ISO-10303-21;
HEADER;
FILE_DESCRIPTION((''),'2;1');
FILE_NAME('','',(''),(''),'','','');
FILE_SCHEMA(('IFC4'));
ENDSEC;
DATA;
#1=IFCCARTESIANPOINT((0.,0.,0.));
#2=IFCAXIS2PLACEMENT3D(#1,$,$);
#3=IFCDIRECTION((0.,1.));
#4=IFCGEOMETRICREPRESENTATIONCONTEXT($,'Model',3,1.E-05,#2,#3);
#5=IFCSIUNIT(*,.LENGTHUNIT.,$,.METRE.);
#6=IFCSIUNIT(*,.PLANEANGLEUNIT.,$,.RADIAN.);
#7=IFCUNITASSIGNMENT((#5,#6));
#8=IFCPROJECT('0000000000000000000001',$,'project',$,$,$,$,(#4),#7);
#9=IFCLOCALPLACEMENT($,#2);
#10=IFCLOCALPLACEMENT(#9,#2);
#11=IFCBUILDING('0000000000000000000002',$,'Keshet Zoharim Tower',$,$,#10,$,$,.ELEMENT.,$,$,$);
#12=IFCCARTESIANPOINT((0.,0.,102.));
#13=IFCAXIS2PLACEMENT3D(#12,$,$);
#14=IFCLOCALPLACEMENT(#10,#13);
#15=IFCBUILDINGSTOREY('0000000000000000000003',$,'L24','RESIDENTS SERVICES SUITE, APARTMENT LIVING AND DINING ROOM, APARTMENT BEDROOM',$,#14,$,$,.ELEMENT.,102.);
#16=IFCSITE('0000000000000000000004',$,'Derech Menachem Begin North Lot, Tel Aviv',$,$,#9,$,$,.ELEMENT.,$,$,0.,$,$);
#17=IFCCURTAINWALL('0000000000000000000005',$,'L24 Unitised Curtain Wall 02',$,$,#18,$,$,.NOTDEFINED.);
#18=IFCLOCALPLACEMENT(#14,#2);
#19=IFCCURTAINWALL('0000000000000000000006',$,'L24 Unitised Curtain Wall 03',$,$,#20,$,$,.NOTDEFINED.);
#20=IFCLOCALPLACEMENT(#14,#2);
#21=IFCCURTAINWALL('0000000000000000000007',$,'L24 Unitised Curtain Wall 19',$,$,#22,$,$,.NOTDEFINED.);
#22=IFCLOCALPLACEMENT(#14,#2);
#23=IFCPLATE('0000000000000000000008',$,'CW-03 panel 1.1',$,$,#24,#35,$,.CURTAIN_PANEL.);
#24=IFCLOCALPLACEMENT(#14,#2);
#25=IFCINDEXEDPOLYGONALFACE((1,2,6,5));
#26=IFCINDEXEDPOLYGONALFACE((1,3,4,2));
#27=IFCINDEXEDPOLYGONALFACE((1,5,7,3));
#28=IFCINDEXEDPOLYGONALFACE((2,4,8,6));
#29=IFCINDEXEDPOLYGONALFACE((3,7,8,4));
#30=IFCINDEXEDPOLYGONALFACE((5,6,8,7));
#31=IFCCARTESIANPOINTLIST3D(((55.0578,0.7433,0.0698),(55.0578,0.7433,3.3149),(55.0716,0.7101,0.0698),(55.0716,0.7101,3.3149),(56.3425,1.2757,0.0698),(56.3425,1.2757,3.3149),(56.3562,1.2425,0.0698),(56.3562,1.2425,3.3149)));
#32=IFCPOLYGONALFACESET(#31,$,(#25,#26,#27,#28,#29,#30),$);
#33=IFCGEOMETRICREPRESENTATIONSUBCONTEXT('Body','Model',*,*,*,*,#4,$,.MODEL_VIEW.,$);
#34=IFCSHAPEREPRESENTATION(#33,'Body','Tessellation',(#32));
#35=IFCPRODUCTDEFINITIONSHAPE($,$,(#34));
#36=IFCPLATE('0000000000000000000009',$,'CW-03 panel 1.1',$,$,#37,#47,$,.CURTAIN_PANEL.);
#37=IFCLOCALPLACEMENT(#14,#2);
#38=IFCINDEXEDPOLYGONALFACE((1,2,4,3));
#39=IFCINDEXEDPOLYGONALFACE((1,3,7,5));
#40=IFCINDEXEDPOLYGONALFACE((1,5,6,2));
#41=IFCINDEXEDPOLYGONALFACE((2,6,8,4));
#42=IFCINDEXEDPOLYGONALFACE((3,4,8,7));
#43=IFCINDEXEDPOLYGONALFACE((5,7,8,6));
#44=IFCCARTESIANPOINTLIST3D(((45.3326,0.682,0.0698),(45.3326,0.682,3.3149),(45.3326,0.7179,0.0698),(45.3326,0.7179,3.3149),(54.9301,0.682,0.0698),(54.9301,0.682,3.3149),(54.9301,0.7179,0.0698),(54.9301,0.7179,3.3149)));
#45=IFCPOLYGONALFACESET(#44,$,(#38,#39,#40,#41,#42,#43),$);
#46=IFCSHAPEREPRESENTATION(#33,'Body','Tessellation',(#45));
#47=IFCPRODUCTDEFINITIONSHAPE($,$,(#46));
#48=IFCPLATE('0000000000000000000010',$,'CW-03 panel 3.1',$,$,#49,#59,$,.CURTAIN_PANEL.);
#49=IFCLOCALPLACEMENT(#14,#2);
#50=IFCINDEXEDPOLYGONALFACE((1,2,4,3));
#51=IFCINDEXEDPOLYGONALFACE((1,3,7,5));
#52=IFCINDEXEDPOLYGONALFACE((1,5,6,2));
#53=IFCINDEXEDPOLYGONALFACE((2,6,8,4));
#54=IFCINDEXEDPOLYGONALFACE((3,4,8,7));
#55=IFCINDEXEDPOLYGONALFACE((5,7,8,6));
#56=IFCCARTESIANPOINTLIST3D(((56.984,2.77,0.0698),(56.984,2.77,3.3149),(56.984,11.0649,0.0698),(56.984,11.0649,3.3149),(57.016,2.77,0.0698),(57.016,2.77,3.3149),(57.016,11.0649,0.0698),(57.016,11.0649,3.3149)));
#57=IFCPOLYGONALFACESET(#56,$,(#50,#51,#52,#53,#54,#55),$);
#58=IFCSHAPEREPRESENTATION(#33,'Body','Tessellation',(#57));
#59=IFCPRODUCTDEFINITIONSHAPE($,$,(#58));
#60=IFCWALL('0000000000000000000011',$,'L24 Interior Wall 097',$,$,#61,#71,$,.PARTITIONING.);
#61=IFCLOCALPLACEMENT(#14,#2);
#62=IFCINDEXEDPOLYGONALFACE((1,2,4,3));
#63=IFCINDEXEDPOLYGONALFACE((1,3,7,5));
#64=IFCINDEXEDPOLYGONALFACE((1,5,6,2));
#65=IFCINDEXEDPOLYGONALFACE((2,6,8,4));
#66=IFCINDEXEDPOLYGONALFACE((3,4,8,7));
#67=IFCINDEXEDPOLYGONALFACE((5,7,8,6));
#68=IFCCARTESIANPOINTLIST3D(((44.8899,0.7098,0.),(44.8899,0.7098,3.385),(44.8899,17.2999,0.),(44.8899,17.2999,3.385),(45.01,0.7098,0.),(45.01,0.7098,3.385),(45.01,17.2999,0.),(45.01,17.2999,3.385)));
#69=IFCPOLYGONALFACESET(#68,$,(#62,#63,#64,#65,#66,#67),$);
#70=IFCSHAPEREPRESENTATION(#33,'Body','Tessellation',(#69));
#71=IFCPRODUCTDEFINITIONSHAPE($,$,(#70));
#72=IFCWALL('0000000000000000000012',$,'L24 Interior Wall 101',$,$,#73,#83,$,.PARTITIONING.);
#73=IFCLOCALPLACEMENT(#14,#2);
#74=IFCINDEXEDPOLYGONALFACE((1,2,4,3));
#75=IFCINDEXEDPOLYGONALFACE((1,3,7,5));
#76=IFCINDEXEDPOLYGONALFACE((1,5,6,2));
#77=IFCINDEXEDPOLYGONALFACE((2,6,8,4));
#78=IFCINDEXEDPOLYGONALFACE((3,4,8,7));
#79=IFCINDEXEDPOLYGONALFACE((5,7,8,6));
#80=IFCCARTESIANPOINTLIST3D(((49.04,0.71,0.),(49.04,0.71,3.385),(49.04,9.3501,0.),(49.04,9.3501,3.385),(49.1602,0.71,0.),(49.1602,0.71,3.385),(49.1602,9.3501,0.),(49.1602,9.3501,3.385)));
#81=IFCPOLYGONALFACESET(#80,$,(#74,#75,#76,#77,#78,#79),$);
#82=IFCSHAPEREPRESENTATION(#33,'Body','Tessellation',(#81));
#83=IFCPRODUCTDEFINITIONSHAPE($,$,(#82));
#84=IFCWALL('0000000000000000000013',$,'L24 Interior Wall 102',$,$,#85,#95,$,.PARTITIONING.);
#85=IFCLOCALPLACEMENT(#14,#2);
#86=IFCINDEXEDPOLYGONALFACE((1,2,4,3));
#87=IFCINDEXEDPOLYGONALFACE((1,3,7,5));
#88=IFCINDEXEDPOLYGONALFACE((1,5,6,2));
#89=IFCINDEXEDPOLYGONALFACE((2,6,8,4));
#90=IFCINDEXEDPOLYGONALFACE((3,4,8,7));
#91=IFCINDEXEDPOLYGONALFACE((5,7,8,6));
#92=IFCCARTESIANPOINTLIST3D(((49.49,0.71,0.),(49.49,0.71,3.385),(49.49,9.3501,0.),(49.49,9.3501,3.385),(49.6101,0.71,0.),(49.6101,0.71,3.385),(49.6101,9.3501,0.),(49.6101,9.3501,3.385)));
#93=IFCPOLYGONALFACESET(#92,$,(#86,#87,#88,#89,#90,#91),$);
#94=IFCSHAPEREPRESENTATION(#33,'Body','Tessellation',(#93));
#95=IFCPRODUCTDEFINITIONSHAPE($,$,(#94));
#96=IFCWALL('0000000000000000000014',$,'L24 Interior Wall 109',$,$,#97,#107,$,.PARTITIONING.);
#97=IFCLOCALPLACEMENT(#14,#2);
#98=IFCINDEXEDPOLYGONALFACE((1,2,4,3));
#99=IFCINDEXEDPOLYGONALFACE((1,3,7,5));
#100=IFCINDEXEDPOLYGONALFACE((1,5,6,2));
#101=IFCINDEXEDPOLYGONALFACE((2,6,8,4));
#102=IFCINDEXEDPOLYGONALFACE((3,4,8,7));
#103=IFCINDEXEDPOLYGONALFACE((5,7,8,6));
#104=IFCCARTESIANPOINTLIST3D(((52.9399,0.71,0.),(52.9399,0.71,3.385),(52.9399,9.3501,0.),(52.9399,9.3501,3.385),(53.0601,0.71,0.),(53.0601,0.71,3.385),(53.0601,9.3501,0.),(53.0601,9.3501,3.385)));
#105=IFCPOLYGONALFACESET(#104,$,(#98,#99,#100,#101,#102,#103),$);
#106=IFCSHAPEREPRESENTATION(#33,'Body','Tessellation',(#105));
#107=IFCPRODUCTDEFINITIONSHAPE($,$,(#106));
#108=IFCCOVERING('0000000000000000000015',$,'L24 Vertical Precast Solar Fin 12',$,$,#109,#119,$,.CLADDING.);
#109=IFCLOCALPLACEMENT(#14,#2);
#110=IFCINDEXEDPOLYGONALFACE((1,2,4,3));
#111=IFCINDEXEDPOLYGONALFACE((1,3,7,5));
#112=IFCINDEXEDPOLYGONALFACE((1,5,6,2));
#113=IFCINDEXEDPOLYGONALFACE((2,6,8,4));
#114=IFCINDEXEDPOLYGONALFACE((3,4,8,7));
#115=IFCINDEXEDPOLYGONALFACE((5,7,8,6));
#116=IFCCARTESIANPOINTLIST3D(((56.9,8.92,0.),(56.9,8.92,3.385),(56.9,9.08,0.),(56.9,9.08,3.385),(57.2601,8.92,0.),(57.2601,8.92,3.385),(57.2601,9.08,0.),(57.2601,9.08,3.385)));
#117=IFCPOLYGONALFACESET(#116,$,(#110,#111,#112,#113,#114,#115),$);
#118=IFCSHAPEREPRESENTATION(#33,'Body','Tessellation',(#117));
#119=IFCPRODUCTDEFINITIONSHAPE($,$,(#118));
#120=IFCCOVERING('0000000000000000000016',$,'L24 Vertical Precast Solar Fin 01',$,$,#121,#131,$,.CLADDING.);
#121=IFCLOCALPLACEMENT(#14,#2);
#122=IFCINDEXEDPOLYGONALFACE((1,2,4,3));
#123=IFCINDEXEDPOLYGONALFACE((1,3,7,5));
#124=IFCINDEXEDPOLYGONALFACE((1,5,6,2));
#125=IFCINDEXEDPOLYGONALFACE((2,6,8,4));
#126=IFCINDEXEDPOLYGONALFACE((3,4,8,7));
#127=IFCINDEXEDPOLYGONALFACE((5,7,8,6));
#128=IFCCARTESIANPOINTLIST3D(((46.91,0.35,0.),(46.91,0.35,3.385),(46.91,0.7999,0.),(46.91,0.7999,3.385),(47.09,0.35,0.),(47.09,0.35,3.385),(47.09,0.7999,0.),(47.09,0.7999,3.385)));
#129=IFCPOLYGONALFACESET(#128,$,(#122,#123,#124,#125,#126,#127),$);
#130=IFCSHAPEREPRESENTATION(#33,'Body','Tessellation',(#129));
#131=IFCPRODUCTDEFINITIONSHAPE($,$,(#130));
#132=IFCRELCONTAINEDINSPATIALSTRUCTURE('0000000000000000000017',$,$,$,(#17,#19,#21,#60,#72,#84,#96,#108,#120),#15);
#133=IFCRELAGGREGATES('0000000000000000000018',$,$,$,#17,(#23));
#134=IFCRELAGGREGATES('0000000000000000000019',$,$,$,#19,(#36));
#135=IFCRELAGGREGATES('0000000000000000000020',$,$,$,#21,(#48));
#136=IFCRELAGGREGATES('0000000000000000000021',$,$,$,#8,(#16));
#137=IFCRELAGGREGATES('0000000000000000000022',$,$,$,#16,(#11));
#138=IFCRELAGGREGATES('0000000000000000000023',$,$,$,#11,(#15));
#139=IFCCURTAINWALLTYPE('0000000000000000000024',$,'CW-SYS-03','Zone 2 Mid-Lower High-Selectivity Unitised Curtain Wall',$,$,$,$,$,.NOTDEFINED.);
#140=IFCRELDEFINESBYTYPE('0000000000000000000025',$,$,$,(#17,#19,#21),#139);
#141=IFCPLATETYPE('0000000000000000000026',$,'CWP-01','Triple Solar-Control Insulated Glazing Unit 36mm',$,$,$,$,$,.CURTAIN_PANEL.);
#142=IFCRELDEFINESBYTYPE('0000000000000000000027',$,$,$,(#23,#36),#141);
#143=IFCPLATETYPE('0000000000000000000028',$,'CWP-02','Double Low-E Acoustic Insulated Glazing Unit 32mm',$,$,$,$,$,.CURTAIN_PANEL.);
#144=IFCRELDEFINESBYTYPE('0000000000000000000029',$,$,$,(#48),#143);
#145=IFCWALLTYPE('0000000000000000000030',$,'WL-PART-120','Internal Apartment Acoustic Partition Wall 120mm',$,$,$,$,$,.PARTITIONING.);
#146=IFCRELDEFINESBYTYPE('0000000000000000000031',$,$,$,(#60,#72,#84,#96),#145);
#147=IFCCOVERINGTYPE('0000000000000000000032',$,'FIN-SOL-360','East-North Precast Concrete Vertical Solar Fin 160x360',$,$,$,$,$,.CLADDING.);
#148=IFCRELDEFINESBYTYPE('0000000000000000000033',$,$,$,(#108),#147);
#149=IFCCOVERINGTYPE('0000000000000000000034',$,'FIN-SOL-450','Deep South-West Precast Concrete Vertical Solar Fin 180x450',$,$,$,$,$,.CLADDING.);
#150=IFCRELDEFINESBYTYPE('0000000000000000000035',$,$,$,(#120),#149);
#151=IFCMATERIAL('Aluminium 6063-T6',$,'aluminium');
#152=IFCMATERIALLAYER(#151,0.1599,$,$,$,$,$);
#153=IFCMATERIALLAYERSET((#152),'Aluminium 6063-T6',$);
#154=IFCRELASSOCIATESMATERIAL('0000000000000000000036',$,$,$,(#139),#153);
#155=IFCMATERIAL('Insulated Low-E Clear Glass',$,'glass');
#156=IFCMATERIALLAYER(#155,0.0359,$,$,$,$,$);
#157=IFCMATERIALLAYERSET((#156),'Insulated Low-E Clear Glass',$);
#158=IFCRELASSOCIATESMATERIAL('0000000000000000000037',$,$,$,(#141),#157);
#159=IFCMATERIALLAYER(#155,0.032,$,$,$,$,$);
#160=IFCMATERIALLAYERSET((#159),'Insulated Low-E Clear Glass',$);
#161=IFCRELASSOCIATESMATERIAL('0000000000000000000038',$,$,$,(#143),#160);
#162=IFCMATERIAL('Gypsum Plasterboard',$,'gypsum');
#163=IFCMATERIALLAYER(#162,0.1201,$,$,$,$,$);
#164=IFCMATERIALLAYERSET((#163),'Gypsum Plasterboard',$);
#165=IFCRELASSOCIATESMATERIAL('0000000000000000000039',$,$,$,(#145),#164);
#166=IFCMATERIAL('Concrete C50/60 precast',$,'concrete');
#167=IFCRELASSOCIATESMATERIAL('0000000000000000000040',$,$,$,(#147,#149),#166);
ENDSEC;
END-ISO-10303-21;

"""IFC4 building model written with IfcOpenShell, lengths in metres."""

from ifc_helpers import new_model, si_unit, direction, frame, frame_2d, origin, origin_2d, place, context, subcontext, project, spatial, rectangle, extrude, material, layer, layer_set, type_object, element, aggregate, save


model = new_model("IFC4")

# Units and contexts
model_context = context("Model", 3, precision=1e-05, world=origin(), true_north=direction((0.0, 1.0)))
body_context = subcontext(model_context, "Body", "Model", "MODEL_VIEW")
ifc_project = project(units=[si_unit("LENGTHUNIT", "METRE"), si_unit("PLANEANGLEUNIT", "RADIAN")], contexts=[model_context])

# Site, building, storey
site_placement = place(None, origin())
site = spatial("IfcSite", under=ifc_project, at=site_placement, Name="Derech Menachem Begin North Lot, Tel Aviv", CompositionType="ELEMENT", RefElevation=0.0)
building_placement = place(site_placement, origin())
building = spatial("IfcBuilding", under=site, at=building_placement, Name="Keshet Zoharim Tower", CompositionType="ELEMENT")
storey_placement = place(building_placement, frame((0.0, 0.0, 102.0)))
storey = spatial("IfcBuildingStorey", under=building, at=storey_placement, Name="L24", Description="RESIDENTS SERVICES SUITE, APARTMENT LIVING AND DINING ROOM, APARTMENT BEDROOM", CompositionType="ELEMENT", Elevation=102.0)

# Curtain walls
ifc_material_1 = material(Name="Aluminium 6063-T6", Category="aluminium")
ifc_layer_1 = layer(ifc_material_1, 0.1599)
ifc_layer_set_1 = layer_set([ifc_layer_1], Name="Aluminium 6063-T6")
curtain_wall_type = type_object("IfcCurtainWallType", Name="CW-SYS-03", Description="Zone 2 Mid-Lower High-Selectivity Unitised Curtain Wall", PredefinedType="NOTDEFINED", material=ifc_layer_set_1)
curtain_wall_1_placement = place(storey_placement, origin())
curtain_wall_1 = element("IfcCurtainWall", 1, at=curtain_wall_1_placement, inside=storey, type_object=curtain_wall_type, Name="L24 Unitised Curtain Wall 02", PredefinedType="NOTDEFINED")
curtain_wall_2_placement = place(storey_placement, origin())
curtain_wall_2 = element("IfcCurtainWall", 2, at=curtain_wall_2_placement, inside=storey, type_object=curtain_wall_type, Name="L24 Unitised Curtain Wall 03", PredefinedType="NOTDEFINED")

# Curtain wall
curtain_wall_3_placement = place(storey_placement, origin())
curtain_wall_3 = element("IfcCurtainWall", 3, at=curtain_wall_3_placement, inside=storey, type_object=curtain_wall_type, Name="L24 Unitised Curtain Wall 19", PredefinedType="NOTDEFINED")

# Plates
ifc_material_2 = material(Name="Insulated Low-E Clear Glass", Category="glass")
ifc_layer_2 = layer(ifc_material_2, 0.0359)
ifc_layer_set_2 = layer_set([ifc_layer_2], Name="Insulated Low-E Clear Glass")
plate_type_1 = type_object("IfcPlateType", Name="CWP-01", Description="Triple Solar-Control Insulated Glazing Unit 36mm", PredefinedType="CURTAIN_PANEL", material=ifc_layer_set_2)
plate_1_placement = place(storey_placement, frame((55.707, 0.9929, 0.0698), z_axis=(0.0, 0.0, 1.0), x_axis=(-0.92381, -0.382852, 0.0)))
plate_1 = element("IfcPlate", 4, at=plate_1_placement, type_object=plate_type_1, Name="CW-03 panel 1.1", PredefinedType="CURTAIN_PANEL", context=body_context, shape_type="SweptSolid", body=[
    extrude(rectangle(XDim=1.3906, YDim=0.0359, at=origin_2d()), origin(), (0.0, 0.0, 1.0), 3.2451),
])
aggregate(curtain_wall_1, [plate_1])
plate_2_placement = place(storey_placement, frame((50.1313, 0.7, 0.0698), z_axis=(0.0, 0.0, 1.0), x_axis=(-1.0, 0.0, 0.0)))
plate_2 = element("IfcPlate", 5, at=plate_2_placement, type_object=plate_type_1, Name="CW-03 panel 1.1", PredefinedType="CURTAIN_PANEL", context=body_context, shape_type="SweptSolid", body=[
    extrude(rectangle(XDim=9.5974, YDim=0.0359, at=origin_2d()), origin(), (0.0, 0.0, 1.0), 3.2451),
])
aggregate(curtain_wall_2, [plate_2])
ifc_layer_3 = layer(ifc_material_2, 0.032)
ifc_layer_set_3 = layer_set([ifc_layer_3], Name="Insulated Low-E Clear Glass")
plate_type_2 = type_object("IfcPlateType", Name="CWP-02", Description="Double Low-E Acoustic Insulated Glazing Unit 32mm", PredefinedType="CURTAIN_PANEL", material=ifc_layer_set_3)
plate_3_placement = place(storey_placement, frame((57.0, 6.9175, 0.0698), z_axis=(0.0, 0.0, 1.0), x_axis=(0.0, -1.0, 0.0)))
plate_3 = element("IfcPlate", 6, at=plate_3_placement, type_object=plate_type_2, Name="CW-03 panel 3.1", PredefinedType="CURTAIN_PANEL", context=body_context, shape_type="SweptSolid", body=[
    extrude(rectangle(XDim=8.2949, YDim=0.032, at=origin_2d()), origin(), (0.0, 0.0, 1.0), 3.2451),
])
aggregate(curtain_wall_3, [plate_3])

# Walls
ifc_material_3 = material(Name="Gypsum Plasterboard", Category="gypsum")
ifc_layer_4 = layer(ifc_material_3, 0.1201)
ifc_layer_set_4 = layer_set([ifc_layer_4], Name="Gypsum Plasterboard")
wall_type = type_object("IfcWallType", Name="WL-PART-120", Description="Internal Apartment Acoustic Partition Wall 120mm", PredefinedType="PARTITIONING", material=ifc_layer_set_4)
wall_placement = place(storey_placement, frame((44.95, 0.71, 0.0), z_axis=(0.0, 0.0, 1.0), x_axis=(0.0, 1.0, 0.0)))
element("IfcWall", 7, at=wall_placement, inside=storey, type_object=wall_type, Name="L24 Interior Wall 097", PredefinedType="PARTITIONING", context=body_context, shape_type="SweptSolid", body=[
    extrude(rectangle(XDim=16.5901, YDim=0.1201, at=frame_2d((8.2949, 0.0))), origin(), (0.0, 0.0, 1.0), 3.385),
])
for number, where, z_axis, x_axis, name in (
    (8, (49.1001, 0.71, 0.0), (0.0, 0.0, 1.0), (0.0, 1.0, 0.0), "L24 Interior Wall 101"),
    (9, (49.55, 0.71, 0.0), (0.0, 0.0, 1.0), (0.0, 1.0, 0.0), "L24 Interior Wall 102"),
    (10, (53.0, 0.71, 0.0), (0.0, 0.0, 1.0), (0.0, 1.0, 0.0), "L24 Interior Wall 109"),
):
    element("IfcWall", number, at=place(storey_placement, frame(where, z_axis=z_axis, x_axis=x_axis)), inside=storey, type_object=wall_type, Name=name, PredefinedType="PARTITIONING", context=body_context, shape_type="SweptSolid", body=[
        extrude(rectangle(XDim=8.6401, YDim=0.1201, at=frame_2d((4.3201, 0.0))), origin(), (0.0, 0.0, 1.0), 3.385),
    ])

# Coverings
ifc_material_4 = material(Name="Concrete C50/60 precast", Category="concrete")
covering_type_1 = type_object("IfcCoveringType", Name="FIN-SOL-360", Description="East-North Precast Concrete Vertical Solar Fin 160x360", PredefinedType="CLADDING", material=ifc_material_4)
covering_1_placement = place(storey_placement, frame((57.0801, 9.0, 0.0), z_axis=(0.0, 0.0, 1.0), x_axis=(0.0, -1.0, 0.0)))
element("IfcCovering", 11, at=covering_1_placement, inside=storey, type_object=covering_type_1, Name="L24 Vertical Precast Solar Fin 12", PredefinedType="CLADDING", context=body_context, shape_type="SweptSolid", body=[
    extrude(rectangle(XDim=0.1599, YDim=0.3601, at=origin_2d()), origin(), (0.0, 0.0, 1.0), 3.385),
])
covering_type_2 = type_object("IfcCoveringType", Name="FIN-SOL-450", Description="Deep South-West Precast Concrete Vertical Solar Fin 180x450", PredefinedType="CLADDING", material=ifc_material_4)
covering_2_placement = place(storey_placement, frame((47.0, 0.575, 0.0), z_axis=(0.0, 0.0, 1.0), x_axis=(-1.0, 0.0, 0.0)))
element("IfcCovering", 12, at=covering_2_placement, inside=storey, type_object=covering_type_2, Name="L24 Vertical Precast Solar Fin 01", PredefinedType="CLADDING", context=body_context, shape_type="SweptSolid", body=[
    extrude(rectangle(XDim=0.1799, YDim=0.45, at=origin_2d()), origin(), (0.0, 0.0, 1.0), 3.385),
])

save(model, "model.ifc")
